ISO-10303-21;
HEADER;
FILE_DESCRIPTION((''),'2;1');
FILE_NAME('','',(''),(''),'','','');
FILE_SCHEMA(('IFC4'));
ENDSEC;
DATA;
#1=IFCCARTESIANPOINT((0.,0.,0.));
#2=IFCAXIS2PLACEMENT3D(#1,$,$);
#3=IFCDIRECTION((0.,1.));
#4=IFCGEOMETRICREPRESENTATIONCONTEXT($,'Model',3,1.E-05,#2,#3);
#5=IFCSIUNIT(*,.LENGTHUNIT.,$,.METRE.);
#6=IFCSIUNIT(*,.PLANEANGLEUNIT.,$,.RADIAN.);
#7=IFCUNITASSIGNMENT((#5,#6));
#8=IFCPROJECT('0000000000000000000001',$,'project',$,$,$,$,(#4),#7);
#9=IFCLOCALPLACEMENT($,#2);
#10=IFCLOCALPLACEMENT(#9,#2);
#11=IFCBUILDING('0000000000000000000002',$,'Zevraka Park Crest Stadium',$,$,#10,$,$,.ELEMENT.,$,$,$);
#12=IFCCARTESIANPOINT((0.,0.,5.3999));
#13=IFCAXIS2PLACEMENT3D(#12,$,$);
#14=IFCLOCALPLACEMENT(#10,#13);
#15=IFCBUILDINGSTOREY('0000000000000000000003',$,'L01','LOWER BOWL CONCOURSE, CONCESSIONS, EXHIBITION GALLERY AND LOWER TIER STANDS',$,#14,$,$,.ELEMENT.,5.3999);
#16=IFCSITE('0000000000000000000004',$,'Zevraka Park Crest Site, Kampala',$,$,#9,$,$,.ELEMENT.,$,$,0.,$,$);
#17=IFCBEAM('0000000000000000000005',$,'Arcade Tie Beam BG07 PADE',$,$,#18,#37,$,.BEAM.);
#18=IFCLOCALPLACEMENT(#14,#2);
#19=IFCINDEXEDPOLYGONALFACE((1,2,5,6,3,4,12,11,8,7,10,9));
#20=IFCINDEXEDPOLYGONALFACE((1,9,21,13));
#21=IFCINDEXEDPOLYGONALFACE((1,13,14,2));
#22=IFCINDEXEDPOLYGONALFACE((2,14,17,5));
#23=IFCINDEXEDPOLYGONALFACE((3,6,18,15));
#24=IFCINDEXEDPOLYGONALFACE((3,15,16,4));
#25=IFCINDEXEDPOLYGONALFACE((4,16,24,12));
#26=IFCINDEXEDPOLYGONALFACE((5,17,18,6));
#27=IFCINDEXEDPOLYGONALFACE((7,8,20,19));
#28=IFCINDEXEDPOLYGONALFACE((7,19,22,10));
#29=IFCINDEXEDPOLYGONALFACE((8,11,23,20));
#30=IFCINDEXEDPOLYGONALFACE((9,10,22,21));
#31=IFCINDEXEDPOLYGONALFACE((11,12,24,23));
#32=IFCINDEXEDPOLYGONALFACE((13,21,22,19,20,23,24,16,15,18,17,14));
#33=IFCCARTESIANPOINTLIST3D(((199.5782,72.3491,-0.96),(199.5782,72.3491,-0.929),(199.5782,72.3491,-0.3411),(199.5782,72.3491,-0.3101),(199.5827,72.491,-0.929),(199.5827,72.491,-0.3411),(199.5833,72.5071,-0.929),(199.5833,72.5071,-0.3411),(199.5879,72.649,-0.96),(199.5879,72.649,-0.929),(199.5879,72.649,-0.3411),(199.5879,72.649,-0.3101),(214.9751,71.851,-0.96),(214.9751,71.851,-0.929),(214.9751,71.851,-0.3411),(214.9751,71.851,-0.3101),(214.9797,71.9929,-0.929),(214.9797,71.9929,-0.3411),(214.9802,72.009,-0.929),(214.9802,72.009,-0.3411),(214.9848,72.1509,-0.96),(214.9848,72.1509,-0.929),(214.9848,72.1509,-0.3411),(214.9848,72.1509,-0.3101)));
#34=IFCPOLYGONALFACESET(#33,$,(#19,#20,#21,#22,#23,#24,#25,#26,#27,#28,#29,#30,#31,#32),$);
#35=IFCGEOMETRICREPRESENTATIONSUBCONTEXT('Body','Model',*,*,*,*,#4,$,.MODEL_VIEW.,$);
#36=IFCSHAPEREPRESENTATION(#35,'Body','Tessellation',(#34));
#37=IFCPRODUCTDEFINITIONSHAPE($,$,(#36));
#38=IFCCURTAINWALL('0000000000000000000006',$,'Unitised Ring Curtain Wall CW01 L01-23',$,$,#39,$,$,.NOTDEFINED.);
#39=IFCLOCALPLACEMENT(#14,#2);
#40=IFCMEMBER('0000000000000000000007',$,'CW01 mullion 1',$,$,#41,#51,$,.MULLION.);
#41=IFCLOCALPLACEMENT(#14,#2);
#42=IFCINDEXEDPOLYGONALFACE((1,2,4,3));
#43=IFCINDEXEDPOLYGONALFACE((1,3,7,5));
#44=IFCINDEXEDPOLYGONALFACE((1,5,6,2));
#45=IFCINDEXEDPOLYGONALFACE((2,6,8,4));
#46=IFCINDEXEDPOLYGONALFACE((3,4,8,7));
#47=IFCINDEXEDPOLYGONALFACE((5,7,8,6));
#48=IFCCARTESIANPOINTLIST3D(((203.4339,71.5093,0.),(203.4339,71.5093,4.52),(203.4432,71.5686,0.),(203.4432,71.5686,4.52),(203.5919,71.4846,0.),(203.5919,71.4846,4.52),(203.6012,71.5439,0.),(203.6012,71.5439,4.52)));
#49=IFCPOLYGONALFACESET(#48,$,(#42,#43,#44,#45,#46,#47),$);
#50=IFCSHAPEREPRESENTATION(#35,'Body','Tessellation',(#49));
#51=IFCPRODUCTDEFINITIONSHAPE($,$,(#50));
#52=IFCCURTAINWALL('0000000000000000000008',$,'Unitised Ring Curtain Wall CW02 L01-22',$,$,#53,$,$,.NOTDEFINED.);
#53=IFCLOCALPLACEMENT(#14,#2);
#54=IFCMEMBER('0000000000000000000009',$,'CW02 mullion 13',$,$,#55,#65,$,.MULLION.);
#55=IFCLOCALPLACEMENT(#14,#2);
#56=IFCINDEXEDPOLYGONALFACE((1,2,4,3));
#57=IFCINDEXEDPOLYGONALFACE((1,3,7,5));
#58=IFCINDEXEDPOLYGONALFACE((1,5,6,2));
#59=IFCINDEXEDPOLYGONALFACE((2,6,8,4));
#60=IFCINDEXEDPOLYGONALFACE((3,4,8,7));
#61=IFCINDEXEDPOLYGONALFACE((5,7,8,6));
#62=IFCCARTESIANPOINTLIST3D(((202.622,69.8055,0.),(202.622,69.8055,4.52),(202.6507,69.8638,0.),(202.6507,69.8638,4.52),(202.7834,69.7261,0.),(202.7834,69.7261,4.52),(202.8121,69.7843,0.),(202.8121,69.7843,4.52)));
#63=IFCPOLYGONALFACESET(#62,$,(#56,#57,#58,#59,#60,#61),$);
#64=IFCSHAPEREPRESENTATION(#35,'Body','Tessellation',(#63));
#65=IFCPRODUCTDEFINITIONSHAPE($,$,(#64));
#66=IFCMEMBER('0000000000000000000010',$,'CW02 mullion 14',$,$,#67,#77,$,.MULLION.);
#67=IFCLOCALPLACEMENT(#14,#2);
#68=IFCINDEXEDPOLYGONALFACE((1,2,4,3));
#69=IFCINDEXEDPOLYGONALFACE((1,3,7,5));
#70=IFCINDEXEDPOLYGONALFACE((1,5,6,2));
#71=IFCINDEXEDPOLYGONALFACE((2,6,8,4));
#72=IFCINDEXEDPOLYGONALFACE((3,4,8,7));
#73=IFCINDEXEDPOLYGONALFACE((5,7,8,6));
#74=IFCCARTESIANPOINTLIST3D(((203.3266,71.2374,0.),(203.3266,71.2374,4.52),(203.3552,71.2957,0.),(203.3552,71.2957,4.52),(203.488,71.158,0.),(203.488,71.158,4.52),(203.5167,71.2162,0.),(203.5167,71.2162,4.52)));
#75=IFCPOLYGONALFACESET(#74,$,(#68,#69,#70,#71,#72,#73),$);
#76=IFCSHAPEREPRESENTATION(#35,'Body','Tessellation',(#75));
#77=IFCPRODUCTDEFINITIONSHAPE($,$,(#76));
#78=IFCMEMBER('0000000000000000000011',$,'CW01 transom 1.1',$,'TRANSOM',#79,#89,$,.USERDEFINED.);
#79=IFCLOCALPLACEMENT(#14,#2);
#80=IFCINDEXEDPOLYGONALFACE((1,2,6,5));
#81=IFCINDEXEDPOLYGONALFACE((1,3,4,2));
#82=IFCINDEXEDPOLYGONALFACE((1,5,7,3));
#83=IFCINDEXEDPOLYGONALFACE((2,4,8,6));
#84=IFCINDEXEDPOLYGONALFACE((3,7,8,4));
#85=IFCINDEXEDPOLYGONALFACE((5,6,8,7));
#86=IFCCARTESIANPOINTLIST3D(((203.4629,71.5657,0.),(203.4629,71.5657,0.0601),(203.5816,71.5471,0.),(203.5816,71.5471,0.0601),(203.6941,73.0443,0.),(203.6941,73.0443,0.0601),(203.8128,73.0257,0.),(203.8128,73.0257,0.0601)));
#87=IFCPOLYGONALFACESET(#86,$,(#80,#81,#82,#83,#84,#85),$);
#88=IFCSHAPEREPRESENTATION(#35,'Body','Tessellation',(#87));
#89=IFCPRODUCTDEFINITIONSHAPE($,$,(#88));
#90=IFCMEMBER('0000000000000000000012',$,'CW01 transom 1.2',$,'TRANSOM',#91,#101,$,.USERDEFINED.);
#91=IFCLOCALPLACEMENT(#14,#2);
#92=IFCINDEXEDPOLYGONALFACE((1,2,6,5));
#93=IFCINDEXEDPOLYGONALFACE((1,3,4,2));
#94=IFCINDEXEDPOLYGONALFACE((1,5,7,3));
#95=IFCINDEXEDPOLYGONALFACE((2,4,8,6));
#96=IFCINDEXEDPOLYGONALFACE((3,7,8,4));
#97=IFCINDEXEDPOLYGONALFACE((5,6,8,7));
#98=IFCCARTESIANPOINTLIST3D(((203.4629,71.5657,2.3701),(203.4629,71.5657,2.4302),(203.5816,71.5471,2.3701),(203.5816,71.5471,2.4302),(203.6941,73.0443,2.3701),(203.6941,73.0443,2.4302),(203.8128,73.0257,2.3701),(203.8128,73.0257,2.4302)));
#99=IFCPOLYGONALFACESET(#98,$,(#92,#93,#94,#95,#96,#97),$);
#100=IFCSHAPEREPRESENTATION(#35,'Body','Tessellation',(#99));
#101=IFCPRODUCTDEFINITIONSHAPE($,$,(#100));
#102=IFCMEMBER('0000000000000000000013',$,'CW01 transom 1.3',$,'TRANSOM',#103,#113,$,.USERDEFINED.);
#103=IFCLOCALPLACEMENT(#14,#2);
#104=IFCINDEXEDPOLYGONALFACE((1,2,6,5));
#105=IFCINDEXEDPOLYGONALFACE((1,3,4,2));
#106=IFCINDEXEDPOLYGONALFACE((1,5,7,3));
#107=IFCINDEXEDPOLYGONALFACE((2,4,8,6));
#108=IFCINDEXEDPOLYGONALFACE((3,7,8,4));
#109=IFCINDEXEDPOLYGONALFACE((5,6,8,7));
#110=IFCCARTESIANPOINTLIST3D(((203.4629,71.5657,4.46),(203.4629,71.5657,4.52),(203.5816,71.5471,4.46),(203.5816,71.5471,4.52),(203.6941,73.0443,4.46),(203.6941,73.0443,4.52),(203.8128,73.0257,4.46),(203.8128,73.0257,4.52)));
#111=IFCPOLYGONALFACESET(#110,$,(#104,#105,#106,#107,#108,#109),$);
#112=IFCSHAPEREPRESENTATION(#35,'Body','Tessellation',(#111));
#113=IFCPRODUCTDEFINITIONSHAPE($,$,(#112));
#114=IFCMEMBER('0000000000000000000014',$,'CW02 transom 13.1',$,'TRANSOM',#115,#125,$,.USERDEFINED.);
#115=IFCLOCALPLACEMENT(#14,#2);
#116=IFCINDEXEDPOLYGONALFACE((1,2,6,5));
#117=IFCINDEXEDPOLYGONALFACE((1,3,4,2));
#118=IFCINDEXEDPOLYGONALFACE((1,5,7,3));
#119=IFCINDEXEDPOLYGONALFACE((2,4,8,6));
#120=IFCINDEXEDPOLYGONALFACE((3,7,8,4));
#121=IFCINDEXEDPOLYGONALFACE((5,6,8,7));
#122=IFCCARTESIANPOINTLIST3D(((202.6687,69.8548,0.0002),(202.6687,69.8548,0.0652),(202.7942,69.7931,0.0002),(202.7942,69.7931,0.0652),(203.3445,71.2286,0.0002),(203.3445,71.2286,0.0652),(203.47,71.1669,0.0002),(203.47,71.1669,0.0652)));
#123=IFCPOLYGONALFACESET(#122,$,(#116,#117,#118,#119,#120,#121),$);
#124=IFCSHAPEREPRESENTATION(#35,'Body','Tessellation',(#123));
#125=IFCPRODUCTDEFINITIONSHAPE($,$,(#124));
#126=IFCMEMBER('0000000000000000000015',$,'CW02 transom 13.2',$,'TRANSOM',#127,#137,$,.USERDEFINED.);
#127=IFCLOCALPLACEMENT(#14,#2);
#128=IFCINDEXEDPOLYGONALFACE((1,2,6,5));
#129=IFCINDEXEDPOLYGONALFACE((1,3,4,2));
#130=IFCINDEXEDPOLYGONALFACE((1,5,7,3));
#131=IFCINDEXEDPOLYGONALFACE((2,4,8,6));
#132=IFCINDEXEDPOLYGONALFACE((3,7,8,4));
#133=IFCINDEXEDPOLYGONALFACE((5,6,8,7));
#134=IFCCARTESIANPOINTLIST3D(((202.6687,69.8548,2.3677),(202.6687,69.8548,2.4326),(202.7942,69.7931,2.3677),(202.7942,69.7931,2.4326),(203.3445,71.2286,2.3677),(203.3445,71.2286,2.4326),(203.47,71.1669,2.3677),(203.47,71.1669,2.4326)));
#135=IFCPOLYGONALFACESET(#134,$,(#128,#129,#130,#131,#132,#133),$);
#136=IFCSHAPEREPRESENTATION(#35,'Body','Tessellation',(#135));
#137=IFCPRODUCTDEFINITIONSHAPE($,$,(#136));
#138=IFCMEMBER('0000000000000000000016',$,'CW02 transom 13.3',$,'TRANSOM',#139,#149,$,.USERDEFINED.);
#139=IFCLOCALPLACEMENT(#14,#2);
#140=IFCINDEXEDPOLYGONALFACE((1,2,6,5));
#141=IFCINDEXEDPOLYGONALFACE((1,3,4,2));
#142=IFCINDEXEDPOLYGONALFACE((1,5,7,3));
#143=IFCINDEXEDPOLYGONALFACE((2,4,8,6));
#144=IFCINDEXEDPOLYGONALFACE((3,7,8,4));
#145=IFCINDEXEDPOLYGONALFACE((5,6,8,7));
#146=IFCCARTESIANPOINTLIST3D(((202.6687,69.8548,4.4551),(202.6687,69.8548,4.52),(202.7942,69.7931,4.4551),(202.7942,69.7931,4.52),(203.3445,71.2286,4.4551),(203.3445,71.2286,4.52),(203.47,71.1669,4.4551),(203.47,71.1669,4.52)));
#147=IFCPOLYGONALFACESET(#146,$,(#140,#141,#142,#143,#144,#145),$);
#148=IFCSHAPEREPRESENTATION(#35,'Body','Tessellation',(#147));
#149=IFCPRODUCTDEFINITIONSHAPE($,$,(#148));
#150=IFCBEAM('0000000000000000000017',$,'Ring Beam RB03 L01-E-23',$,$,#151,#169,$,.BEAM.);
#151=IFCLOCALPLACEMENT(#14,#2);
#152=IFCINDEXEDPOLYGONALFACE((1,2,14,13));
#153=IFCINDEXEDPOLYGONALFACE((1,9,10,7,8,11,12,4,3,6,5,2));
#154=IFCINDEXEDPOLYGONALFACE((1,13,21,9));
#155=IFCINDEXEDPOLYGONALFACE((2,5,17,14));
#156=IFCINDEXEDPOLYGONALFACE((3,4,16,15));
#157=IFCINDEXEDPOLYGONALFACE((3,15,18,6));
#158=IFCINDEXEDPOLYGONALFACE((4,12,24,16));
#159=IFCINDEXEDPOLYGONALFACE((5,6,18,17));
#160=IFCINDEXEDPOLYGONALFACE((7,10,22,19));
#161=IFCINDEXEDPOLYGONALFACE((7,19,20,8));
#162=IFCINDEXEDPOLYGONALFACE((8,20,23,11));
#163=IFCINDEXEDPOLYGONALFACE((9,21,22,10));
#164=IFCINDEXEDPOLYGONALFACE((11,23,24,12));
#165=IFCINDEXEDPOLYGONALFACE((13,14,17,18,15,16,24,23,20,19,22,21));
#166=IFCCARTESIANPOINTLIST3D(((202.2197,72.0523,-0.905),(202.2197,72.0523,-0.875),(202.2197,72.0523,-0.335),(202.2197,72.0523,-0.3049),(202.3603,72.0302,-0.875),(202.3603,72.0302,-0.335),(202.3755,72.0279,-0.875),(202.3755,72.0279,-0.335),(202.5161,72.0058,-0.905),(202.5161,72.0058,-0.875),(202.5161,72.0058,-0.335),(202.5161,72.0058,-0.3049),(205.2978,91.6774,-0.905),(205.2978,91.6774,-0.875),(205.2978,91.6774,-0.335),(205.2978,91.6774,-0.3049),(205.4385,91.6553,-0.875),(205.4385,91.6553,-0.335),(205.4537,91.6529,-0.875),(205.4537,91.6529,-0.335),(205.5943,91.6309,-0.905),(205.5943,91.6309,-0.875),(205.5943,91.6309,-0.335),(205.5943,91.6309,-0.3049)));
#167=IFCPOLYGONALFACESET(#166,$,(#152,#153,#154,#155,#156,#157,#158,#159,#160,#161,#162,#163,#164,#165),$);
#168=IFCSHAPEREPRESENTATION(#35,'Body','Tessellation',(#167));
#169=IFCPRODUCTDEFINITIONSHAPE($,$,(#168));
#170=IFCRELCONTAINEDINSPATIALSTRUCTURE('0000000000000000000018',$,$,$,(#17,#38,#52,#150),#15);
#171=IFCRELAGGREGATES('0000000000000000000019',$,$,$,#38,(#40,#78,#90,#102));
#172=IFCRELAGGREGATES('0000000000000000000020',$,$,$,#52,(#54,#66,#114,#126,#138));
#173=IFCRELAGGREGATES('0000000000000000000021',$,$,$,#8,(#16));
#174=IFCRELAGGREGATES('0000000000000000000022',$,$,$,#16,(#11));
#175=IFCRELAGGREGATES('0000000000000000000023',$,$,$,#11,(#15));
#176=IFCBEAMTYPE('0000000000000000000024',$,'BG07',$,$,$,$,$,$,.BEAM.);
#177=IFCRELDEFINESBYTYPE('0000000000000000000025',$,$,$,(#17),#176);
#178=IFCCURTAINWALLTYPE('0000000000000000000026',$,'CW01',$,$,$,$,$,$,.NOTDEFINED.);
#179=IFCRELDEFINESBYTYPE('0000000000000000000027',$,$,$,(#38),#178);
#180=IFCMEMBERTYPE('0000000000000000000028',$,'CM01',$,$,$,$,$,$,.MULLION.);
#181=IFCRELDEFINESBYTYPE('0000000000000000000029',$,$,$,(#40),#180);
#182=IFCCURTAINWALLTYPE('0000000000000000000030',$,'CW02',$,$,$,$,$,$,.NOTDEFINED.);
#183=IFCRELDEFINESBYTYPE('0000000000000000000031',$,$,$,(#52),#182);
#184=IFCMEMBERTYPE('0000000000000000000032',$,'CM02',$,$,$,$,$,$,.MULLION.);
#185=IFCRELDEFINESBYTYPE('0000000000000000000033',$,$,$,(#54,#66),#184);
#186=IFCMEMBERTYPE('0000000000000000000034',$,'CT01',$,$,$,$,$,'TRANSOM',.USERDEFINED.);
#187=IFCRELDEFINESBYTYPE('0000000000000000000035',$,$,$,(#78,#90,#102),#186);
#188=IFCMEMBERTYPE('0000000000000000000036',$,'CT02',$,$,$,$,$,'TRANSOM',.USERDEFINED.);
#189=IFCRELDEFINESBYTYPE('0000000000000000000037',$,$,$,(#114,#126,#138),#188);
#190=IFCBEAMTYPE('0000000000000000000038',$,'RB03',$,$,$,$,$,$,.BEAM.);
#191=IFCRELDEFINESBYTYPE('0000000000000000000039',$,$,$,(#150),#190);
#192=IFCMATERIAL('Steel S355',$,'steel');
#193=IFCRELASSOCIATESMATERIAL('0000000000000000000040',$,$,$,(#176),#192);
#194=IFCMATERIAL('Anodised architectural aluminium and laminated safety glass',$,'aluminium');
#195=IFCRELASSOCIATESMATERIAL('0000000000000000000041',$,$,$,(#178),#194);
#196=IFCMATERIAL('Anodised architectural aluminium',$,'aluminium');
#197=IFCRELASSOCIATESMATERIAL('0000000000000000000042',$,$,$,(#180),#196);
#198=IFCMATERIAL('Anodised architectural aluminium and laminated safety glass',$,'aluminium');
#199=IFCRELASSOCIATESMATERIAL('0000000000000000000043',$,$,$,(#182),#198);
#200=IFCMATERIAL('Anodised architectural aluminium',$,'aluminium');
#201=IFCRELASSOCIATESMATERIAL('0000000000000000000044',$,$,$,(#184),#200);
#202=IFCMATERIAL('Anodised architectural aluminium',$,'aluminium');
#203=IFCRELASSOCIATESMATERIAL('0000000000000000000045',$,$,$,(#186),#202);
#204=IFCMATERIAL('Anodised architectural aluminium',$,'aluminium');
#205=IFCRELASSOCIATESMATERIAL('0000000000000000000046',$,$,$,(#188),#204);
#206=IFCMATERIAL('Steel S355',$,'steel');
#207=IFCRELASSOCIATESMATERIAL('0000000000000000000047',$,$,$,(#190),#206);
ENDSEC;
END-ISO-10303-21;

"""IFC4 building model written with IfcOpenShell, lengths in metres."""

from ifc_helpers import new_model, si_unit, direction, frame, origin, origin_2d, place, context, subcontext, project, spatial, rectangle, i_section, extrude, material, material_profile, profile_set, type_object, element, aggregate, save


model = new_model("IFC4")

# Units and contexts
model_context = context("Model", 3, precision=1e-05, world=origin(), true_north=direction((0.0, 1.0)))
body_context = subcontext(model_context, "Body", "Model", "MODEL_VIEW")
ifc_project = project(units=[si_unit("LENGTHUNIT", "METRE"), si_unit("PLANEANGLEUNIT", "RADIAN")], contexts=[model_context])

# Site, building, storey
site_placement = place(None, origin())
site = spatial("IfcSite", under=ifc_project, at=site_placement, Name="Zevraka Park Crest Site, Kampala", CompositionType="ELEMENT", RefElevation=0.0)
building_placement = place(site_placement, origin())
building = spatial("IfcBuilding", under=site, at=building_placement, Name="Zevraka Park Crest Stadium", CompositionType="ELEMENT")
storey_placement = place(building_placement, frame((0.0, 0.0, 5.3999)))
storey = spatial("IfcBuildingStorey", under=building, at=storey_placement, Name="L01", Description="LOWER BOWL CONCOURSE, CONCESSIONS, EXHIBITION GALLERY AND LOWER TIER STANDS", CompositionType="ELEMENT", Elevation=5.3999)

# Beam
ifc_material_1 = material(Name="Steel S355", Category="steel")
ifc_material_profile_1 = material_profile(ifc_material_1, i_section(OverallWidth=0.3, OverallDepth=0.6499, WebThickness=0.0161, FlangeThickness=0.031, at=origin_2d()), Name="HEB 650")
ifc_profile_set_1 = profile_set([ifc_material_profile_1], Name="Steel S355")
beam_type_1 = type_object("IfcBeamType", Name="BG07", PredefinedType="BEAM", material=ifc_profile_set_1)
beam_1_placement = place(storey_placement, frame((214.98, 72.001, -0.635), z_axis=(-0.999477, 0.03233, 0.0), x_axis=(-0.03233, -0.999477, 0.0)))
element("IfcBeam", 1, at=beam_1_placement, inside=storey, type_object=beam_type_1, Name="Arcade Tie Beam BG07 PADE", PredefinedType="BEAM", context=body_context, shape_type="SweptSolid", body=[
    extrude(i_section(OverallWidth=0.3, OverallDepth=0.6499, WebThickness=0.0161, FlangeThickness=0.031, at=origin_2d()), origin(), (0.0, 0.0, 1.0), 15.405),
])

# Curtain wall, member
ifc_material_2 = material(Name="Anodised architectural aluminium and laminated safety glass", Category="aluminium")
curtain_wall_type_1 = type_object("IfcCurtainWallType", Name="CW01", PredefinedType="NOTDEFINED", material=ifc_material_2)
curtain_wall_1_placement = place(storey_placement, origin())
curtain_wall_1 = element("IfcCurtainWall", 2, at=curtain_wall_1_placement, inside=storey, type_object=curtain_wall_type_1, Name="Unitised Ring Curtain Wall CW01 L01-23", PredefinedType="NOTDEFINED")
ifc_material_3 = material(Name="Anodised architectural aluminium", Category="aluminium")
ifc_material_profile_2 = material_profile(ifc_material_3, rectangle(XDim=0.1599, YDim=0.0601, at=origin_2d()), Name="ALU MULLION 160x60")
ifc_profile_set_2 = profile_set([ifc_material_profile_2], Name="Anodised architectural aluminium")
member_type_1 = type_object("IfcMemberType", Name="CM01", PredefinedType="MULLION", material=ifc_profile_set_2)
member_1_placement = place(storey_placement, frame((203.5176, 71.5266, 0.0), z_axis=(0.0, 0.0, 1.0), x_axis=(-0.987997, 0.154476, 0.0)))
member_1 = element("IfcMember", 3, at=member_1_placement, type_object=member_type_1, Name="CW01 mullion 1", PredefinedType="MULLION", context=body_context, shape_type="SweptSolid", body=[
    extrude(rectangle(XDim=0.1599, YDim=0.0601, at=origin_2d()), origin(), (0.0, 0.0, 1.0), 4.52),
])

# Curtain wall, members
ifc_material_4 = material(Name="Anodised architectural aluminium and laminated safety glass", Category="aluminium")
curtain_wall_type_2 = type_object("IfcCurtainWallType", Name="CW02", PredefinedType="NOTDEFINED", material=ifc_material_4)
curtain_wall_2_placement = place(storey_placement, origin())
curtain_wall_2 = element("IfcCurtainWall", 4, at=curtain_wall_2_placement, inside=storey, type_object=curtain_wall_type_2, Name="Unitised Ring Curtain Wall CW02 L01-22", PredefinedType="NOTDEFINED")
ifc_material_5 = material(Name="Anodised architectural aluminium", Category="aluminium")
ifc_material_profile_3 = material_profile(ifc_material_5, rectangle(XDim=0.1799, YDim=0.0649, at=origin_2d()), Name="ALU MULLION 180x65")
ifc_profile_set_3 = profile_set([ifc_material_profile_3], Name="Anodised architectural aluminium")
member_type_2 = type_object("IfcMemberType", Name="CM02", PredefinedType="MULLION", material=ifc_profile_set_3)
member_2_placement = place(storey_placement, frame((202.717, 69.7949, 0.0), z_axis=(0.0, 0.0, 1.0), x_axis=(-0.897253, 0.441517, 0.0)))
member_2 = element("IfcMember", 5, at=member_2_placement, type_object=member_type_2, Name="CW02 mullion 13", PredefinedType="MULLION", context=body_context, shape_type="SweptSolid", body=[
    extrude(rectangle(XDim=0.1799, YDim=0.0649, at=origin_2d()), origin(), (0.0, 0.0, 1.0), 4.52),
])
member_3_placement = place(storey_placement, frame((203.4216, 71.2268, 0.0), z_axis=(0.0, 0.0, 1.0), x_axis=(-0.897253, 0.441517, 0.0)))
member_3 = element("IfcMember", 6, at=member_3_placement, type_object=member_type_2, Name="CW02 mullion 14", PredefinedType="MULLION", context=body_context, shape_type="SweptSolid", body=[
    extrude(rectangle(XDim=0.1799, YDim=0.0649, at=origin_2d()), origin(), (0.0, 0.0, 1.0), 4.52),
])

# Members
ifc_material_6 = material(Name="Anodised architectural aluminium", Category="aluminium")
ifc_material_profile_4 = material_profile(ifc_material_6, rectangle(XDim=0.1201, YDim=0.0601, at=origin_2d()), Name="ALU TRANSOM 120x60")
ifc_profile_set_4 = profile_set([ifc_material_profile_4], Name="Anodised architectural aluminium")
member_type_3 = type_object("IfcMemberType", Name="CT01", ElementType="TRANSOM", PredefinedType="USERDEFINED", material=ifc_profile_set_4)
member_4_placement = place(storey_placement, frame((203.5222, 71.5564, 0.03), z_axis=(0.154496, 0.987993, 0.0), x_axis=(-0.987993, 0.154496, 0.0)))
member_4 = element("IfcMember", 7, at=member_4_placement, type_object=member_type_3, Name="CW01 transom 1.1", ObjectType="TRANSOM", PredefinedType="USERDEFINED", context=body_context, shape_type="SweptSolid", body=[
    extrude(rectangle(XDim=0.1201, YDim=0.0601, at=origin_2d()), origin(), (0.0, 0.0, 1.0), 1.4966),
])
member_5_placement = place(storey_placement, frame((203.5222, 71.5564, 2.4001), z_axis=(0.154496, 0.987993, 0.0), x_axis=(-0.987993, 0.154496, 0.0)))
member_5 = element("IfcMember", 8, at=member_5_placement, type_object=member_type_3, Name="CW01 transom 1.2", ObjectType="TRANSOM", PredefinedType="USERDEFINED", context=body_context, shape_type="SweptSolid", body=[
    extrude(rectangle(XDim=0.1201, YDim=0.0601, at=origin_2d()), origin(), (0.0, 0.0, 1.0), 1.4966),
])
member_6_placement = place(storey_placement, frame((203.5222, 71.5564, 4.49), z_axis=(0.154496, 0.987993, 0.0), x_axis=(-0.987993, 0.154496, 0.0)))
member_6 = element("IfcMember", 9, at=member_6_placement, type_object=member_type_3, Name="CW01 transom 1.3", ObjectType="TRANSOM", PredefinedType="USERDEFINED", context=body_context, shape_type="SweptSolid", body=[
    extrude(rectangle(XDim=0.1201, YDim=0.0601, at=origin_2d()), origin(), (0.0, 0.0, 1.0), 1.4966),
])
ifc_material_7 = material(Name="Anodised architectural aluminium", Category="aluminium")
ifc_material_profile_5 = material_profile(ifc_material_7, rectangle(XDim=0.1399, YDim=0.0649, at=origin_2d()), Name="ALU TRANSOM 140x65")
ifc_profile_set_5 = profile_set([ifc_material_profile_5], Name="Anodised architectural aluminium")
member_type_4 = type_object("IfcMemberType", Name="CT02", ElementType="TRANSOM", PredefinedType="USERDEFINED", material=ifc_profile_set_5)
member_7_placement = place(storey_placement, frame((202.7314, 69.824, 0.0327), z_axis=(0.4414, 0.897311, 0.0), x_axis=(-0.897311, 0.4414, 0.0)))
member_7 = element("IfcMember", 10, at=member_7_placement, type_object=member_type_4, Name="CW02 transom 13.1", ObjectType="TRANSOM", PredefinedType="USERDEFINED", context=body_context, shape_type="SweptSolid", body=[
    extrude(rectangle(XDim=0.1399, YDim=0.0649, at=origin_2d()), origin(), (0.0, 0.0, 1.0), 1.531),
])
member_8_placement = place(storey_placement, frame((202.7314, 69.824, 2.4001), z_axis=(0.4414, 0.897311, 0.0), x_axis=(-0.897311, 0.4414, 0.0)))
member_8 = element("IfcMember", 11, at=member_8_placement, type_object=member_type_4, Name="CW02 transom 13.2", ObjectType="TRANSOM", PredefinedType="USERDEFINED", context=body_context, shape_type="SweptSolid", body=[
    extrude(rectangle(XDim=0.1399, YDim=0.0649, at=origin_2d()), origin(), (0.0, 0.0, 1.0), 1.531),
])
member_9_placement = place(storey_placement, frame((202.7314, 69.824, 4.4875), z_axis=(0.4414, 0.897311, 0.0), x_axis=(-0.897311, 0.4414, 0.0)))
member_9 = element("IfcMember", 12, at=member_9_placement, type_object=member_type_4, Name="CW02 transom 13.3", ObjectType="TRANSOM", PredefinedType="USERDEFINED", context=body_context, shape_type="SweptSolid", body=[
    extrude(rectangle(XDim=0.1399, YDim=0.0649, at=origin_2d()), origin(), (0.0, 0.0, 1.0), 1.531),
])

# Beam
ifc_material_8 = material(Name="Steel S355", Category="steel")
ifc_material_profile_6 = material_profile(ifc_material_8, i_section(OverallWidth=0.3, OverallDepth=0.6001, WebThickness=0.0154, FlangeThickness=0.03, at=origin_2d()), Name="HEB 600")
ifc_profile_set_6 = profile_set([ifc_material_profile_6], Name="Steel S355")
beam_type_2 = type_object("IfcBeamType", Name="RB03", PredefinedType="BEAM", material=ifc_profile_set_6)
beam_2_placement = place(storey_placement, frame((202.3679, 72.0291, -0.605), z_axis=(0.154953, 0.987922, 0.0), x_axis=(-0.987922, 0.154953, 0.0)))
element("IfcBeam", 13, at=beam_2_placement, inside=storey, type_object=beam_type_2, Name="Ring Beam RB03 L01-E-23", PredefinedType="BEAM", context=body_context, shape_type="SweptSolid", body=[
    extrude(i_section(OverallWidth=0.3, OverallDepth=0.6001, WebThickness=0.0154, FlangeThickness=0.03, at=origin_2d()), origin(), (0.0, 0.0, 1.0), 19.865),
])

aggregate(curtain_wall_1, [member_1, member_4, member_5, member_6])
aggregate(curtain_wall_2, [member_2, member_3, member_7, member_8, member_9])

save(model, "model.ifc")
